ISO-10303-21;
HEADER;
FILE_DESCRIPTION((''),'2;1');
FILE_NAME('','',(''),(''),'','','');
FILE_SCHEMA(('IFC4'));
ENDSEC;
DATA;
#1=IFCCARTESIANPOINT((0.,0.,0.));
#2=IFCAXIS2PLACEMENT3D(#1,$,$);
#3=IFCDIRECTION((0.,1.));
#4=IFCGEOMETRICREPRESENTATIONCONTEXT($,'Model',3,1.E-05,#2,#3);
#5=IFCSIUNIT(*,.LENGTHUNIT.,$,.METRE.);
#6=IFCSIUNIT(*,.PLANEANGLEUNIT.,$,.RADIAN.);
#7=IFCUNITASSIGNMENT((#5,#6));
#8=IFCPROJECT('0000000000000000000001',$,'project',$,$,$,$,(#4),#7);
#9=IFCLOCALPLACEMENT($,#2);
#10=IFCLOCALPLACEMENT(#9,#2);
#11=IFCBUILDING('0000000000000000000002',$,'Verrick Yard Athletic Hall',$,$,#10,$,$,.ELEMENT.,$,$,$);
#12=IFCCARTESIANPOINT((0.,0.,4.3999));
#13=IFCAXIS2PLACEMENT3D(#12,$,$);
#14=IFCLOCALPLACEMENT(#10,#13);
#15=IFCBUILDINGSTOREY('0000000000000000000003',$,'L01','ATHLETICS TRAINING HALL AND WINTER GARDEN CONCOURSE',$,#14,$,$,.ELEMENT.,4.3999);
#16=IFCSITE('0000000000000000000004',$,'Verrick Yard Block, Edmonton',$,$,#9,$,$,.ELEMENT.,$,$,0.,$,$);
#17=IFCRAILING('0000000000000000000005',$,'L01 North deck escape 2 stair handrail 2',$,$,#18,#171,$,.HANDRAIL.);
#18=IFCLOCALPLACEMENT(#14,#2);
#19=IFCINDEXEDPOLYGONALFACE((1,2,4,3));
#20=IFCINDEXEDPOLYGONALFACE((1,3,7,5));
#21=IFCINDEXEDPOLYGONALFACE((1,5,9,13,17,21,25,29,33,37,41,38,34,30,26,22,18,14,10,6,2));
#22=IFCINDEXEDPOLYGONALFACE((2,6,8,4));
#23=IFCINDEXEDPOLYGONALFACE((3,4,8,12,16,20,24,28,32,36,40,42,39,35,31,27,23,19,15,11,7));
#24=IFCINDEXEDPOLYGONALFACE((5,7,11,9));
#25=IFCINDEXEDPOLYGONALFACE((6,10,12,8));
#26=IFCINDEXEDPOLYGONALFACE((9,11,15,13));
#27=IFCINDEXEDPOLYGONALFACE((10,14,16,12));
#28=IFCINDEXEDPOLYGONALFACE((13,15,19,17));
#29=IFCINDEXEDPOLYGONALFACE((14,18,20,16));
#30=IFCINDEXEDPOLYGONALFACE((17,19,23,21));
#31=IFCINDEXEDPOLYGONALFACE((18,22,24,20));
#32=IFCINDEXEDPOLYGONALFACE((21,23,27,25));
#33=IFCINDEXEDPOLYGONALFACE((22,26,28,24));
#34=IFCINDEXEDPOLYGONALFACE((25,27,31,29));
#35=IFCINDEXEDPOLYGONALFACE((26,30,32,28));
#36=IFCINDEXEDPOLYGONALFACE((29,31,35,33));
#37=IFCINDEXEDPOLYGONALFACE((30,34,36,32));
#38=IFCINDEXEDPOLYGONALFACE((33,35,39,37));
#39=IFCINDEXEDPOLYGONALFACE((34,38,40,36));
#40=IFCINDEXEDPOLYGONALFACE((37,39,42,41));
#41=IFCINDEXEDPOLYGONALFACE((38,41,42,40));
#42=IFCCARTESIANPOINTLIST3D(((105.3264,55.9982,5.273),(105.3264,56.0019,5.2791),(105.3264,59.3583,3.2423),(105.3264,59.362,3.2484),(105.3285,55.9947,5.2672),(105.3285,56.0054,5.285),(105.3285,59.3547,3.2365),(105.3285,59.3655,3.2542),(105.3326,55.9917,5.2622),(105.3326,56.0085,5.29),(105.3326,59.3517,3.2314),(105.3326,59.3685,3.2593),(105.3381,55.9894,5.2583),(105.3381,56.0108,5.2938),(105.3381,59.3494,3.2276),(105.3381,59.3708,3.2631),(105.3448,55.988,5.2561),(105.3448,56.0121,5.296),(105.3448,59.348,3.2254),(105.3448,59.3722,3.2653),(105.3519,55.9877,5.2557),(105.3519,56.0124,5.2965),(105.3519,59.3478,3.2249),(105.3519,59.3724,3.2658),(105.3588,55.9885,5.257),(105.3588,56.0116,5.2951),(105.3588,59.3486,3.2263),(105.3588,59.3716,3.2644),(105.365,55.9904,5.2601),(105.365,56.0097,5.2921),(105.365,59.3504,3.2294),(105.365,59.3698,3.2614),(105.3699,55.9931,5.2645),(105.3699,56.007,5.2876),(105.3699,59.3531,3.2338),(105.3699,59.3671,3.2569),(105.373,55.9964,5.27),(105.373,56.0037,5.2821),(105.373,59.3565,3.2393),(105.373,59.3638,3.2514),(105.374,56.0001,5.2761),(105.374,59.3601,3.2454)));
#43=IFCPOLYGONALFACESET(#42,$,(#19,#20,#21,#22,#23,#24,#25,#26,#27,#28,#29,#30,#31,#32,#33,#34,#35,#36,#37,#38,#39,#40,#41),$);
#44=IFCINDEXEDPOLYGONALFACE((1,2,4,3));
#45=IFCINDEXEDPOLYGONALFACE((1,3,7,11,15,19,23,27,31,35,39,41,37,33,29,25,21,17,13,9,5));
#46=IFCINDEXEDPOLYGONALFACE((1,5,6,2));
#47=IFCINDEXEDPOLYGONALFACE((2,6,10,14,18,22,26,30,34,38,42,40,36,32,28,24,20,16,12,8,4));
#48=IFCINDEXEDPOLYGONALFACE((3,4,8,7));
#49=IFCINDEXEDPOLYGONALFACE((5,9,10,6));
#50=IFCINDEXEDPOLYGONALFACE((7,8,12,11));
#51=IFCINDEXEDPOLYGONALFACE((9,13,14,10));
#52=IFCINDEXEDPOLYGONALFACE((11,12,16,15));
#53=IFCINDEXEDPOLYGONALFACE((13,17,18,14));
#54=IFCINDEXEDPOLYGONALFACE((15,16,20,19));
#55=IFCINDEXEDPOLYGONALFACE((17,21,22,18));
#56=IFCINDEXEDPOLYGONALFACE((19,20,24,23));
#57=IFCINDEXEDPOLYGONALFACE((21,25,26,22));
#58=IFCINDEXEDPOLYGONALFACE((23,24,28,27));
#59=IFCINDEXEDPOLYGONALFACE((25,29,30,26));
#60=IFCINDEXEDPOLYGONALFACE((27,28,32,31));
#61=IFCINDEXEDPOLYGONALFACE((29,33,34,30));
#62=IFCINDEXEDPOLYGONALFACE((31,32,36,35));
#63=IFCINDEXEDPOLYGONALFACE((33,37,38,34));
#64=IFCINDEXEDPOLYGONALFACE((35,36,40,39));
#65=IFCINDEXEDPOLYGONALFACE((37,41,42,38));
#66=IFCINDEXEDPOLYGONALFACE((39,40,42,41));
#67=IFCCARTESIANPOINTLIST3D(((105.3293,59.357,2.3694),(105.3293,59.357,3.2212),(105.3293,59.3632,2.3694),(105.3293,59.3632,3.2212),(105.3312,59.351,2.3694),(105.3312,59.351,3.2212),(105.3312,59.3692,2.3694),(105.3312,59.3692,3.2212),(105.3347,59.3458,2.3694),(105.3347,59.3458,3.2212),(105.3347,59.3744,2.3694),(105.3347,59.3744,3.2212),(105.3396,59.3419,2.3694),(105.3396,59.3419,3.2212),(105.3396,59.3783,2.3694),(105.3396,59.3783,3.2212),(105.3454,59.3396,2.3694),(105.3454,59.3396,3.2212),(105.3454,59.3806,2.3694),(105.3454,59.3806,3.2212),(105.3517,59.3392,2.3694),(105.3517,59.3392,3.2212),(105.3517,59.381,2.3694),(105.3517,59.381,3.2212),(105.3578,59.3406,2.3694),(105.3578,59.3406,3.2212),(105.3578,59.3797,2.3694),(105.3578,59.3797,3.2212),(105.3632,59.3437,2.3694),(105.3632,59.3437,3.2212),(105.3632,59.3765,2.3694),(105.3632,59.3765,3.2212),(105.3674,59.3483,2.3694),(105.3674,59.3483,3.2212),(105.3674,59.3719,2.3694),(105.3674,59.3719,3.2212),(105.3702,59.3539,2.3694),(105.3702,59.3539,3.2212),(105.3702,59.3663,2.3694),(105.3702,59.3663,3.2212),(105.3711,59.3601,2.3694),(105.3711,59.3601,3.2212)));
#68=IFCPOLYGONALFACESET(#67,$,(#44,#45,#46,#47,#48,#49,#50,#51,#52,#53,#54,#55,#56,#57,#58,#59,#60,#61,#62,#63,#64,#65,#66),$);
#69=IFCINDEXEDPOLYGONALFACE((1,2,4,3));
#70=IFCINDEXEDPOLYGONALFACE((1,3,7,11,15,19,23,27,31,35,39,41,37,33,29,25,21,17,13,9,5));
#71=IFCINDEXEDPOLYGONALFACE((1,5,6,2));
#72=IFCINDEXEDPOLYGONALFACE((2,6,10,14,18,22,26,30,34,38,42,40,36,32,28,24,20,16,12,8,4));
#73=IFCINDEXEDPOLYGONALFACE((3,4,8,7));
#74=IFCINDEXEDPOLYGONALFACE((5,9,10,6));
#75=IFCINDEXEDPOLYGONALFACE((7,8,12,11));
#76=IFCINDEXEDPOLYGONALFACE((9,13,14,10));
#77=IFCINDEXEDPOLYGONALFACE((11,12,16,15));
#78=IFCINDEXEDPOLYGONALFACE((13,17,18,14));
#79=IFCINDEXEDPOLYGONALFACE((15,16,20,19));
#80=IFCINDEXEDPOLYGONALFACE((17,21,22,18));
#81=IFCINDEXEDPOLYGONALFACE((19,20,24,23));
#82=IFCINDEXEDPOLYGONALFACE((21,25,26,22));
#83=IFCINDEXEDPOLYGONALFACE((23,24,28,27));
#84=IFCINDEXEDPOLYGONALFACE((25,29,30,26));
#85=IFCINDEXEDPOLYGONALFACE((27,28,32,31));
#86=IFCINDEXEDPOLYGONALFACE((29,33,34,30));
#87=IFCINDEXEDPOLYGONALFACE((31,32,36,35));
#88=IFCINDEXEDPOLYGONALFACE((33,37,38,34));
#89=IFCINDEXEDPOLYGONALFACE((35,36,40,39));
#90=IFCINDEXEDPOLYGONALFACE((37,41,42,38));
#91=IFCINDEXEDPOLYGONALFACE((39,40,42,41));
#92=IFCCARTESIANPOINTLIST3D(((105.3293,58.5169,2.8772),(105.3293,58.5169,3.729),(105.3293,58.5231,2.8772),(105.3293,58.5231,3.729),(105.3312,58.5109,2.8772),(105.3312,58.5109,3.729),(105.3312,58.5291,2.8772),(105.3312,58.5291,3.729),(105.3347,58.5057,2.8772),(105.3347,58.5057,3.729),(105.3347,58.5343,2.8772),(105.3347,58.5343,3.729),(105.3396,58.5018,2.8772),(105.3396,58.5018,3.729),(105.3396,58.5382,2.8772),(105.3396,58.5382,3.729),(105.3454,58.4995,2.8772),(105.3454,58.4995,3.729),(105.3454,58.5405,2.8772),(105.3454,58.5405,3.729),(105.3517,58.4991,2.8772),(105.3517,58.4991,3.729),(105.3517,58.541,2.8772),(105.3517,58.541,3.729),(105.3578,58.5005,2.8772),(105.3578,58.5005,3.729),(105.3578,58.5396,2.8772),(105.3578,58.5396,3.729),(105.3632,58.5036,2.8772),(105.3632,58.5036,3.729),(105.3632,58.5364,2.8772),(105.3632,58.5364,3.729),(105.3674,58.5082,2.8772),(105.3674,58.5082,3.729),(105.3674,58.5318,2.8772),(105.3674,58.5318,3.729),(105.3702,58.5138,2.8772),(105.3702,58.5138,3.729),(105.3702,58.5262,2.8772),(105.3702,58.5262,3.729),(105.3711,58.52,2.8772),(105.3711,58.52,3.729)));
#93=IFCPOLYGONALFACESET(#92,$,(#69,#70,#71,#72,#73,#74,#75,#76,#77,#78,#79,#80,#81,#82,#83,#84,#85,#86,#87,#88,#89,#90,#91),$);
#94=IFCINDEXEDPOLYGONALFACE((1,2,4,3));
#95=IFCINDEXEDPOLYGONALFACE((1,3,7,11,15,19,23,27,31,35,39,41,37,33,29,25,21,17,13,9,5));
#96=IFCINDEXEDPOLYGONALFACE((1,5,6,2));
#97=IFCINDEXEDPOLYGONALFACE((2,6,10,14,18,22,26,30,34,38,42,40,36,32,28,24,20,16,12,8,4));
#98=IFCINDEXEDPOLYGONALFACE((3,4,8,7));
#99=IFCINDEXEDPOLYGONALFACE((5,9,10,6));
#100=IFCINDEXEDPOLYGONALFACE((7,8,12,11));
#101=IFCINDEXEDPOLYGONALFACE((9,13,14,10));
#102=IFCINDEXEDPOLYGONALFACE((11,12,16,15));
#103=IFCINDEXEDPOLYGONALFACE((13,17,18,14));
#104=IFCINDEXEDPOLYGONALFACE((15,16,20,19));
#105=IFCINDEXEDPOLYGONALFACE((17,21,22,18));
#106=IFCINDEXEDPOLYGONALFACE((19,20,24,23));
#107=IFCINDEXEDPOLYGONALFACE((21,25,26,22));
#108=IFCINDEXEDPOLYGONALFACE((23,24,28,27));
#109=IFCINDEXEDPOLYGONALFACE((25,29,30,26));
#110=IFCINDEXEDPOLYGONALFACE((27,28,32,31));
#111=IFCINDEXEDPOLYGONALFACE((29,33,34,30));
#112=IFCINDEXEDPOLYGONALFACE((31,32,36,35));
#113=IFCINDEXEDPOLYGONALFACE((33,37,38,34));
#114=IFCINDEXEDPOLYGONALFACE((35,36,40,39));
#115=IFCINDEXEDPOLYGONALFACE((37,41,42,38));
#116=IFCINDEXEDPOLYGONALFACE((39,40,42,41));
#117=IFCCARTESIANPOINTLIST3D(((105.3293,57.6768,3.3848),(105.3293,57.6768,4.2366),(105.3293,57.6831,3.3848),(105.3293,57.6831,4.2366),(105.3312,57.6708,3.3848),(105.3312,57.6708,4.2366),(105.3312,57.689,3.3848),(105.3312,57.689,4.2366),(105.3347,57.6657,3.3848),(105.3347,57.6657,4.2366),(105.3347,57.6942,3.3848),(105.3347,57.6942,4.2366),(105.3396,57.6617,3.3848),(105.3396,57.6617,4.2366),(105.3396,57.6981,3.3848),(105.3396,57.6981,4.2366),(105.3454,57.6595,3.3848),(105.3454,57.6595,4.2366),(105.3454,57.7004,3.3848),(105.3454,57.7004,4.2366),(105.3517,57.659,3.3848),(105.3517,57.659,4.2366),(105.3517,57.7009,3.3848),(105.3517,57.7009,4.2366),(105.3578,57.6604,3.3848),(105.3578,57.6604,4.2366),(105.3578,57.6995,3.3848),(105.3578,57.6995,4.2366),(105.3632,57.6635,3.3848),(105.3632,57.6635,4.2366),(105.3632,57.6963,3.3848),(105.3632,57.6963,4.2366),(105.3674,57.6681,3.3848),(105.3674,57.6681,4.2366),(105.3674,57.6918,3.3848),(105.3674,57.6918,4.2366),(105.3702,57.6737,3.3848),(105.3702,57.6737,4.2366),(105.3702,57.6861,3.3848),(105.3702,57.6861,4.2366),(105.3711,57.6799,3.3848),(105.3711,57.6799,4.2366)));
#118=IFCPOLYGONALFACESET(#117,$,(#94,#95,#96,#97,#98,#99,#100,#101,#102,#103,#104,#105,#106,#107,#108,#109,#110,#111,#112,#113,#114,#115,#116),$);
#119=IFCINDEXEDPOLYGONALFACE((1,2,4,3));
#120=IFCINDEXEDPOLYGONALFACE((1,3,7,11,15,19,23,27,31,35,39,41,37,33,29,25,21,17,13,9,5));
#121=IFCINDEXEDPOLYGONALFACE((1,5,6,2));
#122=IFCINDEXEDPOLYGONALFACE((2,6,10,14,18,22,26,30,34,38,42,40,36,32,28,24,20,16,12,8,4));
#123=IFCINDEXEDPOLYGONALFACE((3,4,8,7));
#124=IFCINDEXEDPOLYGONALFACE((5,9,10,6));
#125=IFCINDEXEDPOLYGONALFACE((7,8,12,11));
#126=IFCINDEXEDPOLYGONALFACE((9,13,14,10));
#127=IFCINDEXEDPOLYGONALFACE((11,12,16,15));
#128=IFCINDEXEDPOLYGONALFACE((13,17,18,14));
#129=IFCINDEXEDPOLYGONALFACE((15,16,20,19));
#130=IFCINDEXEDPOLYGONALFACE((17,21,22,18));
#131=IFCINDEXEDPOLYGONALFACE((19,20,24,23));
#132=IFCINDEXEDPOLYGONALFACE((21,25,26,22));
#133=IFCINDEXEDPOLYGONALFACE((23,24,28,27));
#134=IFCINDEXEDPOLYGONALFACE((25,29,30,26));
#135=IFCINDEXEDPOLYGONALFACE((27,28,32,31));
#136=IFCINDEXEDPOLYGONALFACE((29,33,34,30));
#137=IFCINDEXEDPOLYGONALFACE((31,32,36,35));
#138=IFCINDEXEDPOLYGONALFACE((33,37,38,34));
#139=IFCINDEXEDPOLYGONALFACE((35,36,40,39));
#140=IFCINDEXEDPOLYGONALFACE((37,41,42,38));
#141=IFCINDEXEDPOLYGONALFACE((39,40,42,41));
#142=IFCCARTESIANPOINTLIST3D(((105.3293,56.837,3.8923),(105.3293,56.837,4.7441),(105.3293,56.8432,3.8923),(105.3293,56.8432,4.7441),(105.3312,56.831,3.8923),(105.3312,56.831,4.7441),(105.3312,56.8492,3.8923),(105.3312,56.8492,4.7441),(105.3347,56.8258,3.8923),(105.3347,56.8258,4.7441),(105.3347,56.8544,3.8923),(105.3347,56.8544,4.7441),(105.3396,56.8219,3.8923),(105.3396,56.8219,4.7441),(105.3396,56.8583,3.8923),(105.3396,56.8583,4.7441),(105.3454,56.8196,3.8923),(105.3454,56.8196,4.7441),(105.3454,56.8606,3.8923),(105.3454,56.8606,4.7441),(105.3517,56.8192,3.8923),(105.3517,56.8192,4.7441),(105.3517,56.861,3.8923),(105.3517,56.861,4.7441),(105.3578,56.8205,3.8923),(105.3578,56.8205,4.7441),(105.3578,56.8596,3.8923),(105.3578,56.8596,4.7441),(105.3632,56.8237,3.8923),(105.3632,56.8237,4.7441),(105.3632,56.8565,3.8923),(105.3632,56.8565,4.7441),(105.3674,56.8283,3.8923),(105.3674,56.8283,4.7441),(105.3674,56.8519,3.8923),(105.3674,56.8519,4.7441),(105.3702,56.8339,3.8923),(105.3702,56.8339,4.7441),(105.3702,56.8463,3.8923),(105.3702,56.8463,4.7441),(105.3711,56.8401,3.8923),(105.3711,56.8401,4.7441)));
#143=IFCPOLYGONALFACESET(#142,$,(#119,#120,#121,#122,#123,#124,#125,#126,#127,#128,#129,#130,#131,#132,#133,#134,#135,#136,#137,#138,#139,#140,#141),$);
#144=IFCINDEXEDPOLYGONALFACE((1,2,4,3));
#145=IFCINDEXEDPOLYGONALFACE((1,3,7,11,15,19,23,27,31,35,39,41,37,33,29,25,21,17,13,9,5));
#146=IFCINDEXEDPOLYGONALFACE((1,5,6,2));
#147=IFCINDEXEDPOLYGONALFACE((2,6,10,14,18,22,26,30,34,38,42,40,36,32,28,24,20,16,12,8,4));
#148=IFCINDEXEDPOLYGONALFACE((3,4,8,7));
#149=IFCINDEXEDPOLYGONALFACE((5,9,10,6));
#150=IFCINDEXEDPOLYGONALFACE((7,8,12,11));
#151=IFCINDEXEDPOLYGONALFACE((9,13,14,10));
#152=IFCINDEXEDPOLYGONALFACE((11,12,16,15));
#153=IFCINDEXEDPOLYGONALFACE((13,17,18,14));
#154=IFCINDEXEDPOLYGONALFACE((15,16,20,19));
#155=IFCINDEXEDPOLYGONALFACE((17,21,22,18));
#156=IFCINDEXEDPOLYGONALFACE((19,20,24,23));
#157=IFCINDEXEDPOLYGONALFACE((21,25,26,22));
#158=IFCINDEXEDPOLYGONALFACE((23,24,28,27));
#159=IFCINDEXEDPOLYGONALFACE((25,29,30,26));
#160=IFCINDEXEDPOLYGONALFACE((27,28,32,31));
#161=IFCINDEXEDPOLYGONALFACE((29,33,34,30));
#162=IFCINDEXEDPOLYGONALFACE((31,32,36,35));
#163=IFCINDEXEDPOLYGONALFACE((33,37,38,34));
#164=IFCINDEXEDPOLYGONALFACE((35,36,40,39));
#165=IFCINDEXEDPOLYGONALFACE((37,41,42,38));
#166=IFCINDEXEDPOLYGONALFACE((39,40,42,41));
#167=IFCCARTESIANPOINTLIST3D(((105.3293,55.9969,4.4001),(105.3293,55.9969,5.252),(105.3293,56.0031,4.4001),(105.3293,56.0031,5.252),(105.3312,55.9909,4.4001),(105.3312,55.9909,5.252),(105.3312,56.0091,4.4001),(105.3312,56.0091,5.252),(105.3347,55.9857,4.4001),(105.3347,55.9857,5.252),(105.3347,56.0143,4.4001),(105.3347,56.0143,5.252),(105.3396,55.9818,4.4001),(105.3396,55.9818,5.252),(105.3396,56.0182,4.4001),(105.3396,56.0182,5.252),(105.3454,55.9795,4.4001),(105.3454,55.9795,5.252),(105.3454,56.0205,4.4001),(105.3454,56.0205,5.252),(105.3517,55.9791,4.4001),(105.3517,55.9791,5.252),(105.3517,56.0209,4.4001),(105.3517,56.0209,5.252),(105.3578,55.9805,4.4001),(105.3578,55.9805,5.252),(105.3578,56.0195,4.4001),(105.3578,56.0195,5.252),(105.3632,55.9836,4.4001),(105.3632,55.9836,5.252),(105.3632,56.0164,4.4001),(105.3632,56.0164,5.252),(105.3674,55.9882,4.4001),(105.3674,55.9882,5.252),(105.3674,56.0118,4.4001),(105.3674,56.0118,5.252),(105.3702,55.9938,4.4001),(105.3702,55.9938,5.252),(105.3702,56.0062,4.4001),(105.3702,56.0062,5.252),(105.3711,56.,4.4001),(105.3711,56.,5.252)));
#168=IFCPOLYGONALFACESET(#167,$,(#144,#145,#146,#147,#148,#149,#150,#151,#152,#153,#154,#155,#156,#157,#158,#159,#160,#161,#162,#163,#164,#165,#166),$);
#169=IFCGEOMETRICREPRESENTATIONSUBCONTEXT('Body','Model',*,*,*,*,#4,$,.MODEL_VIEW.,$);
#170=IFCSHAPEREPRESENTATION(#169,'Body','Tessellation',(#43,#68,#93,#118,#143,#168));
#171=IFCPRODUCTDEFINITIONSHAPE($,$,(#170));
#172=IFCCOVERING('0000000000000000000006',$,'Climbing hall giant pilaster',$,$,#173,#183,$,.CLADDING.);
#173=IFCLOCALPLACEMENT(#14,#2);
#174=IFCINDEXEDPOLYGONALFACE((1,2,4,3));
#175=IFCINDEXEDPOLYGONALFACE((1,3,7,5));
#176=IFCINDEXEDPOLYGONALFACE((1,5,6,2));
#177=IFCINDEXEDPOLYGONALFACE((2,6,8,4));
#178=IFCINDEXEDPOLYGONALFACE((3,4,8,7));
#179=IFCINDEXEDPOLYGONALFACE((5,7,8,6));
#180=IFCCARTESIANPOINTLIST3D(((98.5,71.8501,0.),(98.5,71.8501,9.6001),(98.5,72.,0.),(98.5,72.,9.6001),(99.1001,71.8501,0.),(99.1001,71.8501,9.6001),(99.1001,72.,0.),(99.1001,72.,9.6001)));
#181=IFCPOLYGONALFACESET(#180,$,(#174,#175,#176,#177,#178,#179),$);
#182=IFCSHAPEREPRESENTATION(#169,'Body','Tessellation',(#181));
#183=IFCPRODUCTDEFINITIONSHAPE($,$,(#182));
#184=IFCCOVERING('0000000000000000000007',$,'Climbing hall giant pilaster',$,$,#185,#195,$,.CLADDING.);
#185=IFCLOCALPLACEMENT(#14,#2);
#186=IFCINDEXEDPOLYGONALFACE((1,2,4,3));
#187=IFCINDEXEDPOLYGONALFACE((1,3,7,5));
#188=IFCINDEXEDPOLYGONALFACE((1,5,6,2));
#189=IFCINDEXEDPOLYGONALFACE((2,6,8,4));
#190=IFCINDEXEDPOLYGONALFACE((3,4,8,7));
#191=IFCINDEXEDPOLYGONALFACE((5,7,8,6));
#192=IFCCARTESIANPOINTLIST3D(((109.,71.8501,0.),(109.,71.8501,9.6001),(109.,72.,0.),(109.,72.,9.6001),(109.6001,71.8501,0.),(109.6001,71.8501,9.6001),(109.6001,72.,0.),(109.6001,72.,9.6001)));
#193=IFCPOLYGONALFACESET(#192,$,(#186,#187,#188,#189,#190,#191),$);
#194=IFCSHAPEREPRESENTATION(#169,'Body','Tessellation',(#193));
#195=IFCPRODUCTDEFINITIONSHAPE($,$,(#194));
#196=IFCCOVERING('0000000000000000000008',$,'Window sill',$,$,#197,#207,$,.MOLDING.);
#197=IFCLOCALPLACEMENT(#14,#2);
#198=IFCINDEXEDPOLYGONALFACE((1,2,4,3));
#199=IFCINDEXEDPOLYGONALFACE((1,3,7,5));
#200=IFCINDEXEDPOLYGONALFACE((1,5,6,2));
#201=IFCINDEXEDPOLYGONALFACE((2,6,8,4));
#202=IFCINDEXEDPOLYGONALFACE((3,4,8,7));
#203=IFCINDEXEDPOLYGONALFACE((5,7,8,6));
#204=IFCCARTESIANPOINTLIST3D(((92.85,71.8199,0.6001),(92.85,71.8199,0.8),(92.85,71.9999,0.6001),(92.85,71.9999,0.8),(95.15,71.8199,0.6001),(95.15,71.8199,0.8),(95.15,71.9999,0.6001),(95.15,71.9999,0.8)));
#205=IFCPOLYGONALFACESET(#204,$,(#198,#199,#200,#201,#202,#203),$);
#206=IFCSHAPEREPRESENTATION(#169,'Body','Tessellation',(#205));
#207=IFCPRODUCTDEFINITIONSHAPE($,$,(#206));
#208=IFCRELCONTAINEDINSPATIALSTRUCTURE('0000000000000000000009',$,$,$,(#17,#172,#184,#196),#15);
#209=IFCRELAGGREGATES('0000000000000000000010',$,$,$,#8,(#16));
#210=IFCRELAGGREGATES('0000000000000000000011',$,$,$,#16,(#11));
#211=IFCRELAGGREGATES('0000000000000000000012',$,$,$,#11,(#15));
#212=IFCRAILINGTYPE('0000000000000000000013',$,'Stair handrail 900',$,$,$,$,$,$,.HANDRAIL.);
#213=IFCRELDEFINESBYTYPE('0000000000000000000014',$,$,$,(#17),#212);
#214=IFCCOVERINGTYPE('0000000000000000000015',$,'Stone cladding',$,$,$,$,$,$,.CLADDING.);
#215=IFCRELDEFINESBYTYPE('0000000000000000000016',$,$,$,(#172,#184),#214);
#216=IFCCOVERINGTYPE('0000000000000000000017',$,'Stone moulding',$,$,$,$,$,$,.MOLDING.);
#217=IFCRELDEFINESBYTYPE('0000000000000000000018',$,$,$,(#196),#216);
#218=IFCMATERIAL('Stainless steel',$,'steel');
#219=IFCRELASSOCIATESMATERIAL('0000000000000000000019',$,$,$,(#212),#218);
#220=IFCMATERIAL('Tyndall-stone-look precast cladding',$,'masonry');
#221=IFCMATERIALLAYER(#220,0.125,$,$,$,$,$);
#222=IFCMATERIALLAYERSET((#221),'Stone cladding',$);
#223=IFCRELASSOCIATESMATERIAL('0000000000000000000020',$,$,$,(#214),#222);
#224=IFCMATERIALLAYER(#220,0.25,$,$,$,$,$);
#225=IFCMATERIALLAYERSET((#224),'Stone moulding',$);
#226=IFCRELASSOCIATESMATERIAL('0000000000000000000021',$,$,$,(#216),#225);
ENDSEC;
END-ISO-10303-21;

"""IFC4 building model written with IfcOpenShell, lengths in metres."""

from ifc_helpers import new_model, si_unit, direction, frame, origin, origin_2d, place, context, subcontext, project, spatial, rectangle, circle, extrude, material, layer, layer_set, type_object, element, save


model = new_model("IFC4")

# Units and contexts
model_context = context("Model", 3, precision=1e-05, world=origin(), true_north=direction((0.0, 1.0)))
body_context = subcontext(model_context, "Body", "Model", "MODEL_VIEW")
ifc_project = project(units=[si_unit("LENGTHUNIT", "METRE"), si_unit("PLANEANGLEUNIT", "RADIAN")], contexts=[model_context])

# Site, building, storey
site_placement = place(None, origin())
site = spatial("IfcSite", under=ifc_project, at=site_placement, Name="Verrick Yard Block, Edmonton", CompositionType="ELEMENT", RefElevation=0.0)
building_placement = place(site_placement, origin())
building = spatial("IfcBuilding", under=site, at=building_placement, Name="Verrick Yard Athletic Hall", CompositionType="ELEMENT")
storey_placement = place(building_placement, frame((0.0, 0.0, 4.3999)))
storey = spatial("IfcBuildingStorey", under=building, at=storey_placement, Name="L01", Description="ATHLETICS TRAINING HALL AND WINTER GARDEN CONCOURSE", CompositionType="ELEMENT", Elevation=4.3999)

# Shared definitions
ifc_material_1 = material(Name="Tyndall-stone-look precast cladding", Category="masonry")

# Railing
ifc_material_2 = material(Name="Stainless steel", Category="steel")
railing_type_1 = type_object("IfcRailingType", Name="Stair handrail 900", PredefinedType="HANDRAIL", material=ifc_material_2)
railing_1_placement = place(storey_placement, frame((105.3501, 59.3601, 2.3694)))
element("IfcRailing", 1, at=railing_1_placement, inside=storey, type_object=railing_type_1, Name="L01 North deck escape 2 stair handrail 2", PredefinedType="HANDRAIL", context=body_context, shape_type="SweptSolid", body=[
    extrude(circle(Radius=0.0239, at=origin_2d()), frame((0.0, 0.0, 0.876), z_axis=(0.0, -0.855837, 0.517246), x_axis=(1.0, 0.0, 0.0)), (0.0, 0.0, 1.0), 3.926),
    extrude(circle(Radius=0.021, at=origin_2d()), origin(), (0.0, 0.0, 1.0), 0.8518),
    extrude(circle(Radius=0.021, at=origin_2d()), frame((0.0, -0.8401, 0.5078)), (0.0, 0.0, 1.0), 0.8518),
    extrude(circle(Radius=0.021, at=origin_2d()), frame((0.0, -1.6802, 1.0154)), (0.0, 0.0, 1.0), 0.8518),
    extrude(circle(Radius=0.021, at=origin_2d()), frame((0.0, -2.52, 1.5229)), (0.0, 0.0, 1.0), 0.8518),
    extrude(circle(Radius=0.021, at=origin_2d()), frame((0.0, -3.3601, 2.0308)), (0.0, 0.0, 1.0), 0.8518),
])

# Coverings
ifc_layer_1 = layer(ifc_material_1, 0.125)
ifc_layer_set_1 = layer_set([ifc_layer_1], Name="Stone cladding")
covering_type_1 = type_object("IfcCoveringType", Name="Stone cladding", PredefinedType="CLADDING", material=ifc_layer_set_1)
for number, where, z_axis, x_axis, name in (
    (2, (98.8, 71.925, 0.0), (0.0, 0.0, 1.0), (1.0, 0.0, 0.0), "Climbing hall giant pilaster"),
    (3, (109.3, 71.925, 0.0), (0.0, 0.0, 1.0), (1.0, 0.0, 0.0), "Climbing hall giant pilaster"),
):
    element("IfcCovering", number, at=place(storey_placement, frame(where, z_axis=z_axis, x_axis=x_axis)), inside=storey, type_object=covering_type_1, Name=name, PredefinedType="CLADDING", context=body_context, shape_type="SweptSolid", body=[
        extrude(rectangle(XDim=0.6001, YDim=0.1499, at=origin_2d()), origin(), (0.0, 0.0, 1.0), 9.6001),
    ])
ifc_layer_2 = layer(ifc_material_1, 0.25)
ifc_layer_set_2 = layer_set([ifc_layer_2], Name="Stone moulding")
covering_type_2 = type_object("IfcCoveringType", Name="Stone moulding", PredefinedType="MOLDING", material=ifc_layer_set_2)
covering_1_placement = place(storey_placement, frame((94.0, 71.9099, 0.6001), z_axis=(0.0, 0.0, 1.0), x_axis=(1.0, 0.0, 0.0)))
element("IfcCovering", 4, at=covering_1_placement, inside=storey, type_object=covering_type_2, Name="Window sill", PredefinedType="MOLDING", context=body_context, shape_type="SweptSolid", body=[
    extrude(rectangle(XDim=2.3, YDim=0.1799, at=origin_2d()), origin(), (0.0, 0.0, 1.0), 0.2),
])

save(model, "model.ifc")
